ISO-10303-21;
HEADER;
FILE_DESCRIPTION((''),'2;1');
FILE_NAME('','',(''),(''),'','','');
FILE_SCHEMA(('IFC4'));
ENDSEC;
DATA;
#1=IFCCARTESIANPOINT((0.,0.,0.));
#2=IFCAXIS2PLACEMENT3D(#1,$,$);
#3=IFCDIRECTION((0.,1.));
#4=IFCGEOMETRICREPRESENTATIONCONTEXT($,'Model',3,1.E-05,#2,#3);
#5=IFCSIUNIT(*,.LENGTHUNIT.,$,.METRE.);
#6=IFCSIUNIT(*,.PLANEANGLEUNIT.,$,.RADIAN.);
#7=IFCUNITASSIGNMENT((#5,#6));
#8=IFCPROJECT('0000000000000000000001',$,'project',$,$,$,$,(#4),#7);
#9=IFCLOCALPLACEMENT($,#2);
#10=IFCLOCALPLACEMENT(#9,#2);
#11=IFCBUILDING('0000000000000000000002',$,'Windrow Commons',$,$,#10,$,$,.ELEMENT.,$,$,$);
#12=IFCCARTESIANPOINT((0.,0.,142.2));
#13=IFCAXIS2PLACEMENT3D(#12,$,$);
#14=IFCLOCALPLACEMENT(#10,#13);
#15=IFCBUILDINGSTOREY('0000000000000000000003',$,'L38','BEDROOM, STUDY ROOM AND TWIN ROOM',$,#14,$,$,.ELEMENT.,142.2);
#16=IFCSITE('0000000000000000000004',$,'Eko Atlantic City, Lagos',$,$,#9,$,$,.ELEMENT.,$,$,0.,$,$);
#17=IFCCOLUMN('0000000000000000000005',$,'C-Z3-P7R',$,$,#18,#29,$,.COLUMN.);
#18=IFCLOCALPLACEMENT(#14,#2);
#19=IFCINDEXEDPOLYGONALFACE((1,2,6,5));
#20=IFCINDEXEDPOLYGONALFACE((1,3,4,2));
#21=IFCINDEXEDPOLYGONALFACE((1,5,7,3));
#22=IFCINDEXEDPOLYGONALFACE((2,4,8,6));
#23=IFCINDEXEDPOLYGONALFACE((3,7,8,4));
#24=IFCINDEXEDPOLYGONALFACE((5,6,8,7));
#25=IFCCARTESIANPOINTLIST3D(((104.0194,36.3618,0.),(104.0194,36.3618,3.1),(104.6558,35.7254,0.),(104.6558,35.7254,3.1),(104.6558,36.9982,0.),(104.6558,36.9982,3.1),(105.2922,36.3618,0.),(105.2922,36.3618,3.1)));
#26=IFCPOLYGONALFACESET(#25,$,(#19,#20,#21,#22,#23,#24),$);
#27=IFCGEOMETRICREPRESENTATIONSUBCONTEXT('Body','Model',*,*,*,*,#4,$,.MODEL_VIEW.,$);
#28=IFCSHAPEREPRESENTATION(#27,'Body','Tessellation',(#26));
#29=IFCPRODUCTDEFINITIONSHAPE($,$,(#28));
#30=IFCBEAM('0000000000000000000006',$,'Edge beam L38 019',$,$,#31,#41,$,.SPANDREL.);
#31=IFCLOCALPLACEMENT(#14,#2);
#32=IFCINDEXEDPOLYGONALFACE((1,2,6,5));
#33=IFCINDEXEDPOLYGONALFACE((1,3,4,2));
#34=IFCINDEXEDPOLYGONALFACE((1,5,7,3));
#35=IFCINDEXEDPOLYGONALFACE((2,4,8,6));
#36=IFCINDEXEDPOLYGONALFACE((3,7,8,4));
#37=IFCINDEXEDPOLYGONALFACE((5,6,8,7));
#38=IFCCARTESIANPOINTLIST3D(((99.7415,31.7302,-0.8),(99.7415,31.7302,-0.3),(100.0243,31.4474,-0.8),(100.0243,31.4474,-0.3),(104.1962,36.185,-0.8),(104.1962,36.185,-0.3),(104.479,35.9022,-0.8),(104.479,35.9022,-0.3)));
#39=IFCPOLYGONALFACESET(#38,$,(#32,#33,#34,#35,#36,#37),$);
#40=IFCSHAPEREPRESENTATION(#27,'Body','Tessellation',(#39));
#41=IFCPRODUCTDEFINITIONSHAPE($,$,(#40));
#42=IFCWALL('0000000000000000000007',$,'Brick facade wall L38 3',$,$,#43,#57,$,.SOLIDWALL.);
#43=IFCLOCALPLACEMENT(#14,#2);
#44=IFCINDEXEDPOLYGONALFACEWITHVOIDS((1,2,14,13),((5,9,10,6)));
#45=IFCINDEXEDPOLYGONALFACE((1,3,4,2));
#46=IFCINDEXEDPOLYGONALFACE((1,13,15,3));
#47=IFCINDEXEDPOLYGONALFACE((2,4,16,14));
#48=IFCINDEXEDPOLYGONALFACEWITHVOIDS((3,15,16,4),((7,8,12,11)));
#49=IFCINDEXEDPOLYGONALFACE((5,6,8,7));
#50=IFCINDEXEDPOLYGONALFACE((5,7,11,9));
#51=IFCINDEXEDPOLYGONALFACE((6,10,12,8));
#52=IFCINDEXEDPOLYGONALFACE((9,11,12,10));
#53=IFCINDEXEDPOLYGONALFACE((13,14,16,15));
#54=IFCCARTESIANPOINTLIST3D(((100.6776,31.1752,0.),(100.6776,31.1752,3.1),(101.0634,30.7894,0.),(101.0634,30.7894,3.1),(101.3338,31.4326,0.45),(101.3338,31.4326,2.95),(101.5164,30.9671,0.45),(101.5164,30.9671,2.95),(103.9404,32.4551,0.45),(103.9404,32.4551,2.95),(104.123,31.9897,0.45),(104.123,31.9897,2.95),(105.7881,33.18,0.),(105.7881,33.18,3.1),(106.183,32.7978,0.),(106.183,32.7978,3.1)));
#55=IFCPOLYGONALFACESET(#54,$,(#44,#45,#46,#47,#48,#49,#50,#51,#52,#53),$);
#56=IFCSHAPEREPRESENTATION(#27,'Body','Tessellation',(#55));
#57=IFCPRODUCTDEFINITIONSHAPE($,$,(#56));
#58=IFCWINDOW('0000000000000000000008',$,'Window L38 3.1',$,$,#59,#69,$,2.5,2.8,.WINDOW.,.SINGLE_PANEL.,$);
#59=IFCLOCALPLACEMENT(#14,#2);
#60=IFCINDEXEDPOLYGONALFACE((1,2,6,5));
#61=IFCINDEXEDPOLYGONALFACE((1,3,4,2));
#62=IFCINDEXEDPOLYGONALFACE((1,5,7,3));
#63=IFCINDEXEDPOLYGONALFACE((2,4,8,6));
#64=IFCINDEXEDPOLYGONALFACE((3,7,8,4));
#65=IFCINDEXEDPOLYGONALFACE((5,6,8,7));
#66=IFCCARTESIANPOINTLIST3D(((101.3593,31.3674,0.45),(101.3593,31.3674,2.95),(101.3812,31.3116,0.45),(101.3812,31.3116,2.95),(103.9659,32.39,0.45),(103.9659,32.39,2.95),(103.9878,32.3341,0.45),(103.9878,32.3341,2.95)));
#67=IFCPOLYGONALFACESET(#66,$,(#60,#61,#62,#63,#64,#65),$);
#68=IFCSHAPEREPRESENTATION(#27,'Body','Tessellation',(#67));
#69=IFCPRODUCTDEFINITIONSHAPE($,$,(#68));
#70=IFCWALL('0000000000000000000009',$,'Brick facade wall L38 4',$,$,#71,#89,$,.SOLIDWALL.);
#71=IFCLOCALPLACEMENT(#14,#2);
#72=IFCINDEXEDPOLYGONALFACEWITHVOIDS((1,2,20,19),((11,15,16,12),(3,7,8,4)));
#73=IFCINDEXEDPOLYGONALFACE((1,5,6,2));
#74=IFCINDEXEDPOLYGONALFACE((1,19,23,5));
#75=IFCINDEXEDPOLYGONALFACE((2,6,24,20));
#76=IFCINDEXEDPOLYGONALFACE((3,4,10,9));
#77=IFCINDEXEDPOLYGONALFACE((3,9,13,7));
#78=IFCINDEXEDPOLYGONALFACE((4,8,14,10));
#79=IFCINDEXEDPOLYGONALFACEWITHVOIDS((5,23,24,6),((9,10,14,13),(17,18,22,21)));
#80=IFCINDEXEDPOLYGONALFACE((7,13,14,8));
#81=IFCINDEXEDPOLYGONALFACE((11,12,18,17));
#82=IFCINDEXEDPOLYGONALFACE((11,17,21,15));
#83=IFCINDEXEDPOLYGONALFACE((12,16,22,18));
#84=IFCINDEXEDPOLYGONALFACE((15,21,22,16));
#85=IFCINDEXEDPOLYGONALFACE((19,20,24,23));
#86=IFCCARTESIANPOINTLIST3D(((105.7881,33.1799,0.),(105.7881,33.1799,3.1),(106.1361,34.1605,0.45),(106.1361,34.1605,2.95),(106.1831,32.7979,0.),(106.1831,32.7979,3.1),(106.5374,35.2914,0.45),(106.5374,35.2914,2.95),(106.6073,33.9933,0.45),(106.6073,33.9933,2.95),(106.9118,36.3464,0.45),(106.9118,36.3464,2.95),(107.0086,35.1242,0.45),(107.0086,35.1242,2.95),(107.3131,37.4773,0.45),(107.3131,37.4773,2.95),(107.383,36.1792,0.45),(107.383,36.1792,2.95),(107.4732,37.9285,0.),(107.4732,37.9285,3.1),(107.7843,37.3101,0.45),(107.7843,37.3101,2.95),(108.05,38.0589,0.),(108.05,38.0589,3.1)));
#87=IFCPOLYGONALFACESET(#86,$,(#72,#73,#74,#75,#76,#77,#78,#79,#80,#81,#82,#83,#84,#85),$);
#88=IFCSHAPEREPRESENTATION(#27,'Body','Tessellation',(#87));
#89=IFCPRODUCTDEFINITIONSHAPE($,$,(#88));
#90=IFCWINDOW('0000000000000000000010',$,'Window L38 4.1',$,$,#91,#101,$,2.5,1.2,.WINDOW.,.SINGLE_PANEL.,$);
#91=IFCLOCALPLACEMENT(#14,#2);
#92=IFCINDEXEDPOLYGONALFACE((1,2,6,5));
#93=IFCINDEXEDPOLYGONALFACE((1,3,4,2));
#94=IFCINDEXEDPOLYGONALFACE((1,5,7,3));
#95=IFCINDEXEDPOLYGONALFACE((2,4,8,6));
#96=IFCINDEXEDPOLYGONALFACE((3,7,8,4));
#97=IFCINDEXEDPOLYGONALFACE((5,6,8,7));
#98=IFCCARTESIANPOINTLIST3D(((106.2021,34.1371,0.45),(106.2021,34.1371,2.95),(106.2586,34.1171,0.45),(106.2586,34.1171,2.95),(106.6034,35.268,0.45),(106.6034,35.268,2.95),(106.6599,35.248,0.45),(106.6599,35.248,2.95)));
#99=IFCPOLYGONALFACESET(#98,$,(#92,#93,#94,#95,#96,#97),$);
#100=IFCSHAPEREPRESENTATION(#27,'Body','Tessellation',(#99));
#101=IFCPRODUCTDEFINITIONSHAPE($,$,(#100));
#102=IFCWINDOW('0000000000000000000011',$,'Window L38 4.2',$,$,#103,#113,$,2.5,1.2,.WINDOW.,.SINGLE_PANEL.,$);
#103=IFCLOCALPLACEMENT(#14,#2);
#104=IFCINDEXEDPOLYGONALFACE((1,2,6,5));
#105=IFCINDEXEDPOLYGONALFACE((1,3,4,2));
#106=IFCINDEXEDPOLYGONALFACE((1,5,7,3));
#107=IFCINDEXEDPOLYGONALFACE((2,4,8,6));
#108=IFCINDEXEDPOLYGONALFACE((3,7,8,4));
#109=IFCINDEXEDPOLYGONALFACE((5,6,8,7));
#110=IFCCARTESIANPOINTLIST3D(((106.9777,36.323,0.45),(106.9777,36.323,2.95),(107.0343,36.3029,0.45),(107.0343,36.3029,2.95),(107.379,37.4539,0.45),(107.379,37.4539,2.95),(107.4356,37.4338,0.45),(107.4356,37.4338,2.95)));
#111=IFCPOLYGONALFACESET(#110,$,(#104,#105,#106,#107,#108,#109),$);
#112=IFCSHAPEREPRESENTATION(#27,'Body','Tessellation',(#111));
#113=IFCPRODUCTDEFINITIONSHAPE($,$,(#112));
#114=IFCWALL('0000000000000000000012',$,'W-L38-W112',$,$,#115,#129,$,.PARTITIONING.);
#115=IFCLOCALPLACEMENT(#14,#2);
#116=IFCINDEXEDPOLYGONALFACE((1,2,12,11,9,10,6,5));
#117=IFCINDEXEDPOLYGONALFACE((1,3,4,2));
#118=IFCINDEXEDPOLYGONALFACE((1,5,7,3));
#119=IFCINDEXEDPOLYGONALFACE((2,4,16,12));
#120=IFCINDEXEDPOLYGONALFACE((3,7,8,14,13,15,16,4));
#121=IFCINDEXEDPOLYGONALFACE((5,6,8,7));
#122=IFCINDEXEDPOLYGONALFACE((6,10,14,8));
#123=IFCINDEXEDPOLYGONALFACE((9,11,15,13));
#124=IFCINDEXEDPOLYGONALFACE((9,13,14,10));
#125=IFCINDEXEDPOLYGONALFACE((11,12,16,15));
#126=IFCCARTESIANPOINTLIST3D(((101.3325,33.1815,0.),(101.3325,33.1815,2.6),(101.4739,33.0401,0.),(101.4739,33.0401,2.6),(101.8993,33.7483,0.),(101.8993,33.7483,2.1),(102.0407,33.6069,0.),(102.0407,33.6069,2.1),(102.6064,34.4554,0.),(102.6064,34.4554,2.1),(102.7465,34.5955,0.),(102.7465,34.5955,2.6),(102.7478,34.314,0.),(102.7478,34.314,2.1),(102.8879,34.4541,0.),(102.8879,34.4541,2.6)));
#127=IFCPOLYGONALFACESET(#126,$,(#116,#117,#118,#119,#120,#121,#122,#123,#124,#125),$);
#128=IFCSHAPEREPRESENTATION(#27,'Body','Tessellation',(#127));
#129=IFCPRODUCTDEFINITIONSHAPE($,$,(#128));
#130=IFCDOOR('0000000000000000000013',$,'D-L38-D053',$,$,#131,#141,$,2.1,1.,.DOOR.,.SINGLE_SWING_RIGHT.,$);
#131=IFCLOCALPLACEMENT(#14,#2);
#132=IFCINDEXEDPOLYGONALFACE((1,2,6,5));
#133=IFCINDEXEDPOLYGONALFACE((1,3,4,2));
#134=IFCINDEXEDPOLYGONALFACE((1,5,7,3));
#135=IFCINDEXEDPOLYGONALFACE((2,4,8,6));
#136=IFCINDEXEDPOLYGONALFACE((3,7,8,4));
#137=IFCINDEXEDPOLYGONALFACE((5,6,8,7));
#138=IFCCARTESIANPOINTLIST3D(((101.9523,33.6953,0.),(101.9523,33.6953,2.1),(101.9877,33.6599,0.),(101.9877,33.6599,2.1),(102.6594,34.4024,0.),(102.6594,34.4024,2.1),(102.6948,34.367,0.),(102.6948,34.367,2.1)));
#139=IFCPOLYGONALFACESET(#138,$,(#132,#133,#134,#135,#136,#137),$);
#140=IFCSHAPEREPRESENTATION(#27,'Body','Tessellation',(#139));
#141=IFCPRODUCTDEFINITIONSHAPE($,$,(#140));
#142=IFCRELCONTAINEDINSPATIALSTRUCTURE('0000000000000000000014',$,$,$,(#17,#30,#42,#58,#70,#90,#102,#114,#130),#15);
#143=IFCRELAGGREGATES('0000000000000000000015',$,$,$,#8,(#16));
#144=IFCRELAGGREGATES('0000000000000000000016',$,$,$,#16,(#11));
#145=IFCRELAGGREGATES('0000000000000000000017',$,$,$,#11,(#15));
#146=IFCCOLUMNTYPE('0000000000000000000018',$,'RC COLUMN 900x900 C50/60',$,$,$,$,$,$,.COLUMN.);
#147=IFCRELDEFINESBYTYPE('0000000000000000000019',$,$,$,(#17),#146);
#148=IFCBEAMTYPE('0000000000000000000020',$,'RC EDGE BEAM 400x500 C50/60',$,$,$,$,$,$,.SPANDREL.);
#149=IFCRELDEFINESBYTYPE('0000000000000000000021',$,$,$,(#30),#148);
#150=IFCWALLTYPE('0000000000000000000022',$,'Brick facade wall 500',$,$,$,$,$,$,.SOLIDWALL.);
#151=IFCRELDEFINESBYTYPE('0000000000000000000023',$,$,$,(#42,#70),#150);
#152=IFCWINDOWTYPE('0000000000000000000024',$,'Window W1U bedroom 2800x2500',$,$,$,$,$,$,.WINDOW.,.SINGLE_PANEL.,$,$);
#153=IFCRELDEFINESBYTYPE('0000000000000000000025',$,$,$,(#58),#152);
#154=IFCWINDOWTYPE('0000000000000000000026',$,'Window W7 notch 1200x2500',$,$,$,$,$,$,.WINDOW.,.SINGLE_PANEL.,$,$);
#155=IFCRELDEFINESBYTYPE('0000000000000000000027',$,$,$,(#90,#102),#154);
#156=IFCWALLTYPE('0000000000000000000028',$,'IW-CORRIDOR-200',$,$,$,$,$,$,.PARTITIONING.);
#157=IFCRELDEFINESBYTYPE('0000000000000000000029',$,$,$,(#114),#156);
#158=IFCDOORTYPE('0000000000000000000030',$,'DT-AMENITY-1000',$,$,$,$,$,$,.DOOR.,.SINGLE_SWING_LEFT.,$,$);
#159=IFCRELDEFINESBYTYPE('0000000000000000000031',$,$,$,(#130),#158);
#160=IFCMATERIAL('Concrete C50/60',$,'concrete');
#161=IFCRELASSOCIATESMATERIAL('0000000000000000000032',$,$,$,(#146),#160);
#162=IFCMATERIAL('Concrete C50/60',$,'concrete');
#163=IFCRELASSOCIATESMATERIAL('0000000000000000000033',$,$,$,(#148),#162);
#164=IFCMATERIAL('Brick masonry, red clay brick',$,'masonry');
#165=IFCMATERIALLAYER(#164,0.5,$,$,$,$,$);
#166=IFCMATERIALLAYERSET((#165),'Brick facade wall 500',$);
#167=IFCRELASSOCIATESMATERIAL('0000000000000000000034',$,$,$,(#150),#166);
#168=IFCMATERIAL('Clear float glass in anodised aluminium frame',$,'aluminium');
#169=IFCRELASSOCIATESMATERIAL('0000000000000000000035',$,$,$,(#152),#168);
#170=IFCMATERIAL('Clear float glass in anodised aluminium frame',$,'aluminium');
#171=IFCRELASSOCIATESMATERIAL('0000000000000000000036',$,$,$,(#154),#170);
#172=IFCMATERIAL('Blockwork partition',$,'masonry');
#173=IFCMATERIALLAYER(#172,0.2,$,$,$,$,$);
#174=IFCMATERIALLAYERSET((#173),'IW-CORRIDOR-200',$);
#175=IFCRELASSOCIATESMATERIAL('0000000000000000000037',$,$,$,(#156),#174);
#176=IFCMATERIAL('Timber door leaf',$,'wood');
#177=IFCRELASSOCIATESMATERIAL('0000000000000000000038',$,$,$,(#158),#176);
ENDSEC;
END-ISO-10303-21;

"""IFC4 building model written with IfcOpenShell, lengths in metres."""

from ifc_helpers import new_model, si_unit, direction, frame, frame_2d, origin, origin_2d, place, context, subcontext, project, spatial, polyline, rectangle, outline, extrude, material, layer, layer_set, material_profile, profile_set, type_object, element, fill, save


model = new_model("IFC4")

# Units and contexts
model_context = context("Model", 3, precision=1e-05, world=origin(), true_north=direction((0.0, 1.0)))
body_context = subcontext(model_context, "Body", "Model", "MODEL_VIEW")
ifc_project = project(units=[si_unit("LENGTHUNIT", "METRE"), si_unit("PLANEANGLEUNIT", "RADIAN")], contexts=[model_context])

# Site, building, storey
site_placement = place(None, origin())
site = spatial("IfcSite", under=ifc_project, at=site_placement, Name="Eko Atlantic City, Lagos", CompositionType="ELEMENT", RefElevation=0.0)
building_placement = place(site_placement, origin())
building = spatial("IfcBuilding", under=site, at=building_placement, Name="Windrow Commons", CompositionType="ELEMENT")
storey_placement = place(building_placement, frame((0.0, 0.0, 142.2)))
storey = spatial("IfcBuildingStorey", under=building, at=storey_placement, Name="L38", Description="BEDROOM, STUDY ROOM AND TWIN ROOM", CompositionType="ELEMENT", Elevation=142.2)

# Column
ifc_material_1 = material(Name="Concrete C50/60", Category="concrete")
ifc_material_profile_1 = material_profile(ifc_material_1, rectangle(XDim=0.9, YDim=0.9, at=origin_2d()))
ifc_profile_set_1 = profile_set([ifc_material_profile_1], Name="Concrete C50/60")
column_type = type_object("IfcColumnType", Name="RC COLUMN 900x900 C50/60", PredefinedType="COLUMN", material=ifc_profile_set_1)
column_placement = place(storey_placement, frame((104.6558, 36.3618, 0.0), z_axis=(0.0, 0.0, 1.0), x_axis=(0.707107, -0.707107, 0.0)))
element("IfcColumn", 1, at=column_placement, inside=storey, type_object=column_type, Name="C-Z3-P7R", PredefinedType="COLUMN", context=body_context, shape_type="SweptSolid", body=[
    extrude(rectangle(XDim=0.9, YDim=0.9, at=origin_2d()), origin(), (0.0, 0.0, 1.0), 3.1),
])

# Beam
ifc_material_2 = material(Name="Concrete C50/60", Category="concrete")
ifc_material_profile_2 = material_profile(ifc_material_2, rectangle(XDim=0.4, YDim=0.5, at=origin_2d()))
ifc_profile_set_2 = profile_set([ifc_material_profile_2], Name="Concrete C50/60")
beam_type = type_object("IfcBeamType", Name="RC EDGE BEAM 400x500 C50/60", PredefinedType="SPANDREL", material=ifc_profile_set_2)
beam_placement = place(storey_placement, frame((104.3376, 36.0436, -0.55), z_axis=(-0.707099, -0.707115, 0.0), x_axis=(0.707115, -0.707099, 0.0)))
element("IfcBeam", 2, at=beam_placement, inside=storey, type_object=beam_type, Name="Edge beam L38 019", PredefinedType="SPANDREL", context=body_context, shape_type="SweptSolid", body=[
    extrude(rectangle(XDim=0.4, YDim=0.5, at=origin_2d()), origin(), (0.0, 0.0, 1.0), 6.3),
])

# Wall, opening, window
ifc_material_3 = material(Name="Brick masonry, red clay brick", Category="masonry")
ifc_layer_1 = layer(ifc_material_3, 0.5)
ifc_layer_set_1 = layer_set([ifc_layer_1], Name="Brick facade wall 500")
wall_type_1 = type_object("IfcWallType", Name="Brick facade wall 500", PredefinedType="SOLIDWALL", material=ifc_layer_set_1)
wall_1_placement = place(storey_placement, frame((100.8705, 30.9823, 0.0), z_axis=(0.0, 0.0, 1.0), x_axis=(0.930931, 0.365195, 0.0)))
wall_1 = element("IfcWall", 3, at=wall_1_placement, inside=storey, type_object=wall_type_1, Name="Brick facade wall L38 3", PredefinedType="SOLIDWALL", context=body_context, shape_type="SweptSolid", body=[
    extrude(outline(polyline([(0.1091, -0.25), (5.6086, -0.25), (5.3805, 0.25), (-0.1091, 0.25), (0.1091, -0.25)])), origin(), (0.0, 0.0, 1.0), 3.1),
])
opening_1_placement = place(wall_1_placement, frame((0.5957, 0.0, 0.45)))
opening_1 = element("IfcOpeningElement", 4, at=opening_1_placement, cuts=wall_1, PredefinedType="OPENING", context=body_context, shape_type="SweptSolid", body=[
    extrude(rectangle(XDim=2.8, YDim=2.5, at=frame_2d((1.4, 1.25))), frame((0.0, 0.26, 0.0), z_axis=(0.0, -1.0, 0.0), x_axis=(1.0, 0.0, 0.0)), (0.0, 0.0, 1.0), 0.52),
])
ifc_material_4 = material(Name="Clear float glass in anodised aluminium frame", Category="aluminium")
window_type_1 = type_object("IfcWindowType", Name="Window W1U bedroom 2800x2500", PartitioningType="SINGLE_PANEL", PredefinedType="WINDOW", material=ifc_material_4)
window_1_placement = place(opening_1_placement, origin())
window_1 = element("IfcWindow", 5, at=window_1_placement, inside=storey, type_object=window_type_1, Name="Window L38 3.1", OverallHeight=2.5, OverallWidth=2.8, PartitioningType="SINGLE_PANEL", PredefinedType="WINDOW", context=body_context, shape_type="SweptSolid", body=[
    extrude(rectangle(XDim=2.8, YDim=2.5, at=frame_2d((1.4, 1.25))), frame((0.0, 0.18, 0.0), z_axis=(0.0, -1.0, 0.0), x_axis=(1.0, 0.0, 0.0)), (0.0, 0.0, 1.0), 0.06),
])
fill(opening_1, window_1)

# Wall, openings, windows
wall_2_placement = place(storey_placement, frame((105.9856, 32.9889, 0.0), z_axis=(0.0, 0.0, 1.0), x_axis=(0.334427, 0.942422, 0.0)))
wall_2 = element("IfcWall", 6, at=wall_2_placement, inside=storey, type_object=wall_type_1, Name="Brick facade wall L38 4", PredefinedType="SOLIDWALL", context=body_context, shape_type="SweptSolid", body=[
    extrude(outline(polyline([(-0.114, -0.25), (5.4685, -0.25), (5.1527, 0.25), (0.114, 0.25), (-0.114, -0.25)])), origin(), (0.0, 0.0, 1.0), 3.1),
])
opening_2_placement = place(wall_2_placement, frame((1.1545, 0.0, 0.45)))
opening_2 = element("IfcOpeningElement", 7, at=opening_2_placement, cuts=wall_2, PredefinedType="OPENING", context=body_context, shape_type="SweptSolid", body=[
    extrude(rectangle(XDim=1.2, YDim=2.5, at=frame_2d((0.6, 1.25))), frame((0.0, 0.26, 0.0), z_axis=(0.0, -1.0, 0.0), x_axis=(1.0, 0.0, 0.0)), (0.0, 0.0, 1.0), 0.52),
])
opening_3_placement = place(wall_2_placement, frame((3.4739, 0.0, 0.45)))
opening_3 = element("IfcOpeningElement", 8, at=opening_3_placement, cuts=wall_2, PredefinedType="OPENING", context=body_context, shape_type="SweptSolid", body=[
    extrude(rectangle(XDim=1.2, YDim=2.5, at=frame_2d((0.6, 1.25))), frame((0.0, 0.26, 0.0), z_axis=(0.0, -1.0, 0.0), x_axis=(1.0, 0.0, 0.0)), (0.0, 0.0, 1.0), 0.52),
])
ifc_material_5 = material(Name="Clear float glass in anodised aluminium frame", Category="aluminium")
window_type_2 = type_object("IfcWindowType", Name="Window W7 notch 1200x2500", PartitioningType="SINGLE_PANEL", PredefinedType="WINDOW", material=ifc_material_5)
window_2_placement = place(opening_2_placement, origin())
window_2 = element("IfcWindow", 9, at=window_2_placement, inside=storey, type_object=window_type_2, Name="Window L38 4.1", OverallHeight=2.5, OverallWidth=1.2, PartitioningType="SINGLE_PANEL", PredefinedType="WINDOW", context=body_context, shape_type="SweptSolid", body=[
    extrude(rectangle(XDim=1.2, YDim=2.5, at=frame_2d((0.6, 1.25))), frame((0.0, 0.18, 0.0), z_axis=(0.0, -1.0, 0.0), x_axis=(1.0, 0.0, 0.0)), (0.0, 0.0, 1.0), 0.06),
])
fill(opening_2, window_2)
window_3_placement = place(opening_3_placement, origin())
window_3 = element("IfcWindow", 10, at=window_3_placement, inside=storey, type_object=window_type_2, Name="Window L38 4.2", OverallHeight=2.5, OverallWidth=1.2, PartitioningType="SINGLE_PANEL", PredefinedType="WINDOW", context=body_context, shape_type="SweptSolid", body=[
    extrude(rectangle(XDim=1.2, YDim=2.5, at=frame_2d((0.6, 1.25))), frame((0.0, 0.18, 0.0), z_axis=(0.0, -1.0, 0.0), x_axis=(1.0, 0.0, 0.0)), (0.0, 0.0, 1.0), 0.06),
])
fill(opening_3, window_3)

# Wall, opening, door
ifc_material_6 = material(Name="Blockwork partition", Category="masonry")
ifc_layer_2 = layer(ifc_material_6, 0.2)
ifc_layer_set_2 = layer_set([ifc_layer_2], Name="IW-CORRIDOR-200")
wall_type_2 = type_object("IfcWallType", Name="IW-CORRIDOR-200", PredefinedType="PARTITIONING", material=ifc_layer_set_2)
wall_3_placement = place(storey_placement, frame((101.4032, 33.1108, 0.0), z_axis=(0.0, 0.0, 1.0), x_axis=(0.707107, 0.707107, 0.0)))
wall_3 = element("IfcWall", 11, at=wall_3_placement, inside=storey, type_object=wall_type_2, Name="W-L38-W112", PredefinedType="PARTITIONING", context=body_context, shape_type="SweptSolid", body=[
    extrude(rectangle(XDim=1.9997, YDim=0.2, at=frame_2d((0.9999, 0.0))), origin(), (0.0, 0.0, 1.0), 2.6),
])
opening_4_placement = place(wall_3_placement, frame((0.8016, 0.0, 0.0)))
opening_4 = element("IfcOpeningElement", 12, at=opening_4_placement, cuts=wall_3, PredefinedType="OPENING", context=body_context, shape_type="SweptSolid", body=[
    extrude(rectangle(XDim=1.0, YDim=2.1, at=frame_2d((0.5, 1.05))), frame((0.0, 0.11, 0.0), z_axis=(0.0, -1.0, 0.0), x_axis=(1.0, 0.0, 0.0)), (0.0, 0.0, 1.0), 0.22),
])
ifc_material_7 = material(Name="Timber door leaf", Category="wood")
door_type_1 = type_object("IfcDoorType", Name="DT-AMENITY-1000", OperationType="SINGLE_SWING_LEFT", PredefinedType="DOOR", material=ifc_material_7)
door_1_placement = place(opening_4_placement, origin())
door_1 = element("IfcDoor", 13, at=door_1_placement, inside=storey, type_object=door_type_1, Name="D-L38-D053", OperationType="SINGLE_SWING_RIGHT", OverallHeight=2.1, OverallWidth=1.0, PredefinedType="DOOR", context=body_context, shape_type="SweptSolid", body=[
    extrude(rectangle(XDim=1.0, YDim=2.1, at=frame_2d((0.5, 1.05))), frame((0.0, 0.025, 0.0), z_axis=(0.0, -1.0, 0.0), x_axis=(1.0, 0.0, 0.0)), (0.0, 0.0, 1.0), 0.05),
])
fill(opening_4, door_1)

save(model, "model.ifc")
